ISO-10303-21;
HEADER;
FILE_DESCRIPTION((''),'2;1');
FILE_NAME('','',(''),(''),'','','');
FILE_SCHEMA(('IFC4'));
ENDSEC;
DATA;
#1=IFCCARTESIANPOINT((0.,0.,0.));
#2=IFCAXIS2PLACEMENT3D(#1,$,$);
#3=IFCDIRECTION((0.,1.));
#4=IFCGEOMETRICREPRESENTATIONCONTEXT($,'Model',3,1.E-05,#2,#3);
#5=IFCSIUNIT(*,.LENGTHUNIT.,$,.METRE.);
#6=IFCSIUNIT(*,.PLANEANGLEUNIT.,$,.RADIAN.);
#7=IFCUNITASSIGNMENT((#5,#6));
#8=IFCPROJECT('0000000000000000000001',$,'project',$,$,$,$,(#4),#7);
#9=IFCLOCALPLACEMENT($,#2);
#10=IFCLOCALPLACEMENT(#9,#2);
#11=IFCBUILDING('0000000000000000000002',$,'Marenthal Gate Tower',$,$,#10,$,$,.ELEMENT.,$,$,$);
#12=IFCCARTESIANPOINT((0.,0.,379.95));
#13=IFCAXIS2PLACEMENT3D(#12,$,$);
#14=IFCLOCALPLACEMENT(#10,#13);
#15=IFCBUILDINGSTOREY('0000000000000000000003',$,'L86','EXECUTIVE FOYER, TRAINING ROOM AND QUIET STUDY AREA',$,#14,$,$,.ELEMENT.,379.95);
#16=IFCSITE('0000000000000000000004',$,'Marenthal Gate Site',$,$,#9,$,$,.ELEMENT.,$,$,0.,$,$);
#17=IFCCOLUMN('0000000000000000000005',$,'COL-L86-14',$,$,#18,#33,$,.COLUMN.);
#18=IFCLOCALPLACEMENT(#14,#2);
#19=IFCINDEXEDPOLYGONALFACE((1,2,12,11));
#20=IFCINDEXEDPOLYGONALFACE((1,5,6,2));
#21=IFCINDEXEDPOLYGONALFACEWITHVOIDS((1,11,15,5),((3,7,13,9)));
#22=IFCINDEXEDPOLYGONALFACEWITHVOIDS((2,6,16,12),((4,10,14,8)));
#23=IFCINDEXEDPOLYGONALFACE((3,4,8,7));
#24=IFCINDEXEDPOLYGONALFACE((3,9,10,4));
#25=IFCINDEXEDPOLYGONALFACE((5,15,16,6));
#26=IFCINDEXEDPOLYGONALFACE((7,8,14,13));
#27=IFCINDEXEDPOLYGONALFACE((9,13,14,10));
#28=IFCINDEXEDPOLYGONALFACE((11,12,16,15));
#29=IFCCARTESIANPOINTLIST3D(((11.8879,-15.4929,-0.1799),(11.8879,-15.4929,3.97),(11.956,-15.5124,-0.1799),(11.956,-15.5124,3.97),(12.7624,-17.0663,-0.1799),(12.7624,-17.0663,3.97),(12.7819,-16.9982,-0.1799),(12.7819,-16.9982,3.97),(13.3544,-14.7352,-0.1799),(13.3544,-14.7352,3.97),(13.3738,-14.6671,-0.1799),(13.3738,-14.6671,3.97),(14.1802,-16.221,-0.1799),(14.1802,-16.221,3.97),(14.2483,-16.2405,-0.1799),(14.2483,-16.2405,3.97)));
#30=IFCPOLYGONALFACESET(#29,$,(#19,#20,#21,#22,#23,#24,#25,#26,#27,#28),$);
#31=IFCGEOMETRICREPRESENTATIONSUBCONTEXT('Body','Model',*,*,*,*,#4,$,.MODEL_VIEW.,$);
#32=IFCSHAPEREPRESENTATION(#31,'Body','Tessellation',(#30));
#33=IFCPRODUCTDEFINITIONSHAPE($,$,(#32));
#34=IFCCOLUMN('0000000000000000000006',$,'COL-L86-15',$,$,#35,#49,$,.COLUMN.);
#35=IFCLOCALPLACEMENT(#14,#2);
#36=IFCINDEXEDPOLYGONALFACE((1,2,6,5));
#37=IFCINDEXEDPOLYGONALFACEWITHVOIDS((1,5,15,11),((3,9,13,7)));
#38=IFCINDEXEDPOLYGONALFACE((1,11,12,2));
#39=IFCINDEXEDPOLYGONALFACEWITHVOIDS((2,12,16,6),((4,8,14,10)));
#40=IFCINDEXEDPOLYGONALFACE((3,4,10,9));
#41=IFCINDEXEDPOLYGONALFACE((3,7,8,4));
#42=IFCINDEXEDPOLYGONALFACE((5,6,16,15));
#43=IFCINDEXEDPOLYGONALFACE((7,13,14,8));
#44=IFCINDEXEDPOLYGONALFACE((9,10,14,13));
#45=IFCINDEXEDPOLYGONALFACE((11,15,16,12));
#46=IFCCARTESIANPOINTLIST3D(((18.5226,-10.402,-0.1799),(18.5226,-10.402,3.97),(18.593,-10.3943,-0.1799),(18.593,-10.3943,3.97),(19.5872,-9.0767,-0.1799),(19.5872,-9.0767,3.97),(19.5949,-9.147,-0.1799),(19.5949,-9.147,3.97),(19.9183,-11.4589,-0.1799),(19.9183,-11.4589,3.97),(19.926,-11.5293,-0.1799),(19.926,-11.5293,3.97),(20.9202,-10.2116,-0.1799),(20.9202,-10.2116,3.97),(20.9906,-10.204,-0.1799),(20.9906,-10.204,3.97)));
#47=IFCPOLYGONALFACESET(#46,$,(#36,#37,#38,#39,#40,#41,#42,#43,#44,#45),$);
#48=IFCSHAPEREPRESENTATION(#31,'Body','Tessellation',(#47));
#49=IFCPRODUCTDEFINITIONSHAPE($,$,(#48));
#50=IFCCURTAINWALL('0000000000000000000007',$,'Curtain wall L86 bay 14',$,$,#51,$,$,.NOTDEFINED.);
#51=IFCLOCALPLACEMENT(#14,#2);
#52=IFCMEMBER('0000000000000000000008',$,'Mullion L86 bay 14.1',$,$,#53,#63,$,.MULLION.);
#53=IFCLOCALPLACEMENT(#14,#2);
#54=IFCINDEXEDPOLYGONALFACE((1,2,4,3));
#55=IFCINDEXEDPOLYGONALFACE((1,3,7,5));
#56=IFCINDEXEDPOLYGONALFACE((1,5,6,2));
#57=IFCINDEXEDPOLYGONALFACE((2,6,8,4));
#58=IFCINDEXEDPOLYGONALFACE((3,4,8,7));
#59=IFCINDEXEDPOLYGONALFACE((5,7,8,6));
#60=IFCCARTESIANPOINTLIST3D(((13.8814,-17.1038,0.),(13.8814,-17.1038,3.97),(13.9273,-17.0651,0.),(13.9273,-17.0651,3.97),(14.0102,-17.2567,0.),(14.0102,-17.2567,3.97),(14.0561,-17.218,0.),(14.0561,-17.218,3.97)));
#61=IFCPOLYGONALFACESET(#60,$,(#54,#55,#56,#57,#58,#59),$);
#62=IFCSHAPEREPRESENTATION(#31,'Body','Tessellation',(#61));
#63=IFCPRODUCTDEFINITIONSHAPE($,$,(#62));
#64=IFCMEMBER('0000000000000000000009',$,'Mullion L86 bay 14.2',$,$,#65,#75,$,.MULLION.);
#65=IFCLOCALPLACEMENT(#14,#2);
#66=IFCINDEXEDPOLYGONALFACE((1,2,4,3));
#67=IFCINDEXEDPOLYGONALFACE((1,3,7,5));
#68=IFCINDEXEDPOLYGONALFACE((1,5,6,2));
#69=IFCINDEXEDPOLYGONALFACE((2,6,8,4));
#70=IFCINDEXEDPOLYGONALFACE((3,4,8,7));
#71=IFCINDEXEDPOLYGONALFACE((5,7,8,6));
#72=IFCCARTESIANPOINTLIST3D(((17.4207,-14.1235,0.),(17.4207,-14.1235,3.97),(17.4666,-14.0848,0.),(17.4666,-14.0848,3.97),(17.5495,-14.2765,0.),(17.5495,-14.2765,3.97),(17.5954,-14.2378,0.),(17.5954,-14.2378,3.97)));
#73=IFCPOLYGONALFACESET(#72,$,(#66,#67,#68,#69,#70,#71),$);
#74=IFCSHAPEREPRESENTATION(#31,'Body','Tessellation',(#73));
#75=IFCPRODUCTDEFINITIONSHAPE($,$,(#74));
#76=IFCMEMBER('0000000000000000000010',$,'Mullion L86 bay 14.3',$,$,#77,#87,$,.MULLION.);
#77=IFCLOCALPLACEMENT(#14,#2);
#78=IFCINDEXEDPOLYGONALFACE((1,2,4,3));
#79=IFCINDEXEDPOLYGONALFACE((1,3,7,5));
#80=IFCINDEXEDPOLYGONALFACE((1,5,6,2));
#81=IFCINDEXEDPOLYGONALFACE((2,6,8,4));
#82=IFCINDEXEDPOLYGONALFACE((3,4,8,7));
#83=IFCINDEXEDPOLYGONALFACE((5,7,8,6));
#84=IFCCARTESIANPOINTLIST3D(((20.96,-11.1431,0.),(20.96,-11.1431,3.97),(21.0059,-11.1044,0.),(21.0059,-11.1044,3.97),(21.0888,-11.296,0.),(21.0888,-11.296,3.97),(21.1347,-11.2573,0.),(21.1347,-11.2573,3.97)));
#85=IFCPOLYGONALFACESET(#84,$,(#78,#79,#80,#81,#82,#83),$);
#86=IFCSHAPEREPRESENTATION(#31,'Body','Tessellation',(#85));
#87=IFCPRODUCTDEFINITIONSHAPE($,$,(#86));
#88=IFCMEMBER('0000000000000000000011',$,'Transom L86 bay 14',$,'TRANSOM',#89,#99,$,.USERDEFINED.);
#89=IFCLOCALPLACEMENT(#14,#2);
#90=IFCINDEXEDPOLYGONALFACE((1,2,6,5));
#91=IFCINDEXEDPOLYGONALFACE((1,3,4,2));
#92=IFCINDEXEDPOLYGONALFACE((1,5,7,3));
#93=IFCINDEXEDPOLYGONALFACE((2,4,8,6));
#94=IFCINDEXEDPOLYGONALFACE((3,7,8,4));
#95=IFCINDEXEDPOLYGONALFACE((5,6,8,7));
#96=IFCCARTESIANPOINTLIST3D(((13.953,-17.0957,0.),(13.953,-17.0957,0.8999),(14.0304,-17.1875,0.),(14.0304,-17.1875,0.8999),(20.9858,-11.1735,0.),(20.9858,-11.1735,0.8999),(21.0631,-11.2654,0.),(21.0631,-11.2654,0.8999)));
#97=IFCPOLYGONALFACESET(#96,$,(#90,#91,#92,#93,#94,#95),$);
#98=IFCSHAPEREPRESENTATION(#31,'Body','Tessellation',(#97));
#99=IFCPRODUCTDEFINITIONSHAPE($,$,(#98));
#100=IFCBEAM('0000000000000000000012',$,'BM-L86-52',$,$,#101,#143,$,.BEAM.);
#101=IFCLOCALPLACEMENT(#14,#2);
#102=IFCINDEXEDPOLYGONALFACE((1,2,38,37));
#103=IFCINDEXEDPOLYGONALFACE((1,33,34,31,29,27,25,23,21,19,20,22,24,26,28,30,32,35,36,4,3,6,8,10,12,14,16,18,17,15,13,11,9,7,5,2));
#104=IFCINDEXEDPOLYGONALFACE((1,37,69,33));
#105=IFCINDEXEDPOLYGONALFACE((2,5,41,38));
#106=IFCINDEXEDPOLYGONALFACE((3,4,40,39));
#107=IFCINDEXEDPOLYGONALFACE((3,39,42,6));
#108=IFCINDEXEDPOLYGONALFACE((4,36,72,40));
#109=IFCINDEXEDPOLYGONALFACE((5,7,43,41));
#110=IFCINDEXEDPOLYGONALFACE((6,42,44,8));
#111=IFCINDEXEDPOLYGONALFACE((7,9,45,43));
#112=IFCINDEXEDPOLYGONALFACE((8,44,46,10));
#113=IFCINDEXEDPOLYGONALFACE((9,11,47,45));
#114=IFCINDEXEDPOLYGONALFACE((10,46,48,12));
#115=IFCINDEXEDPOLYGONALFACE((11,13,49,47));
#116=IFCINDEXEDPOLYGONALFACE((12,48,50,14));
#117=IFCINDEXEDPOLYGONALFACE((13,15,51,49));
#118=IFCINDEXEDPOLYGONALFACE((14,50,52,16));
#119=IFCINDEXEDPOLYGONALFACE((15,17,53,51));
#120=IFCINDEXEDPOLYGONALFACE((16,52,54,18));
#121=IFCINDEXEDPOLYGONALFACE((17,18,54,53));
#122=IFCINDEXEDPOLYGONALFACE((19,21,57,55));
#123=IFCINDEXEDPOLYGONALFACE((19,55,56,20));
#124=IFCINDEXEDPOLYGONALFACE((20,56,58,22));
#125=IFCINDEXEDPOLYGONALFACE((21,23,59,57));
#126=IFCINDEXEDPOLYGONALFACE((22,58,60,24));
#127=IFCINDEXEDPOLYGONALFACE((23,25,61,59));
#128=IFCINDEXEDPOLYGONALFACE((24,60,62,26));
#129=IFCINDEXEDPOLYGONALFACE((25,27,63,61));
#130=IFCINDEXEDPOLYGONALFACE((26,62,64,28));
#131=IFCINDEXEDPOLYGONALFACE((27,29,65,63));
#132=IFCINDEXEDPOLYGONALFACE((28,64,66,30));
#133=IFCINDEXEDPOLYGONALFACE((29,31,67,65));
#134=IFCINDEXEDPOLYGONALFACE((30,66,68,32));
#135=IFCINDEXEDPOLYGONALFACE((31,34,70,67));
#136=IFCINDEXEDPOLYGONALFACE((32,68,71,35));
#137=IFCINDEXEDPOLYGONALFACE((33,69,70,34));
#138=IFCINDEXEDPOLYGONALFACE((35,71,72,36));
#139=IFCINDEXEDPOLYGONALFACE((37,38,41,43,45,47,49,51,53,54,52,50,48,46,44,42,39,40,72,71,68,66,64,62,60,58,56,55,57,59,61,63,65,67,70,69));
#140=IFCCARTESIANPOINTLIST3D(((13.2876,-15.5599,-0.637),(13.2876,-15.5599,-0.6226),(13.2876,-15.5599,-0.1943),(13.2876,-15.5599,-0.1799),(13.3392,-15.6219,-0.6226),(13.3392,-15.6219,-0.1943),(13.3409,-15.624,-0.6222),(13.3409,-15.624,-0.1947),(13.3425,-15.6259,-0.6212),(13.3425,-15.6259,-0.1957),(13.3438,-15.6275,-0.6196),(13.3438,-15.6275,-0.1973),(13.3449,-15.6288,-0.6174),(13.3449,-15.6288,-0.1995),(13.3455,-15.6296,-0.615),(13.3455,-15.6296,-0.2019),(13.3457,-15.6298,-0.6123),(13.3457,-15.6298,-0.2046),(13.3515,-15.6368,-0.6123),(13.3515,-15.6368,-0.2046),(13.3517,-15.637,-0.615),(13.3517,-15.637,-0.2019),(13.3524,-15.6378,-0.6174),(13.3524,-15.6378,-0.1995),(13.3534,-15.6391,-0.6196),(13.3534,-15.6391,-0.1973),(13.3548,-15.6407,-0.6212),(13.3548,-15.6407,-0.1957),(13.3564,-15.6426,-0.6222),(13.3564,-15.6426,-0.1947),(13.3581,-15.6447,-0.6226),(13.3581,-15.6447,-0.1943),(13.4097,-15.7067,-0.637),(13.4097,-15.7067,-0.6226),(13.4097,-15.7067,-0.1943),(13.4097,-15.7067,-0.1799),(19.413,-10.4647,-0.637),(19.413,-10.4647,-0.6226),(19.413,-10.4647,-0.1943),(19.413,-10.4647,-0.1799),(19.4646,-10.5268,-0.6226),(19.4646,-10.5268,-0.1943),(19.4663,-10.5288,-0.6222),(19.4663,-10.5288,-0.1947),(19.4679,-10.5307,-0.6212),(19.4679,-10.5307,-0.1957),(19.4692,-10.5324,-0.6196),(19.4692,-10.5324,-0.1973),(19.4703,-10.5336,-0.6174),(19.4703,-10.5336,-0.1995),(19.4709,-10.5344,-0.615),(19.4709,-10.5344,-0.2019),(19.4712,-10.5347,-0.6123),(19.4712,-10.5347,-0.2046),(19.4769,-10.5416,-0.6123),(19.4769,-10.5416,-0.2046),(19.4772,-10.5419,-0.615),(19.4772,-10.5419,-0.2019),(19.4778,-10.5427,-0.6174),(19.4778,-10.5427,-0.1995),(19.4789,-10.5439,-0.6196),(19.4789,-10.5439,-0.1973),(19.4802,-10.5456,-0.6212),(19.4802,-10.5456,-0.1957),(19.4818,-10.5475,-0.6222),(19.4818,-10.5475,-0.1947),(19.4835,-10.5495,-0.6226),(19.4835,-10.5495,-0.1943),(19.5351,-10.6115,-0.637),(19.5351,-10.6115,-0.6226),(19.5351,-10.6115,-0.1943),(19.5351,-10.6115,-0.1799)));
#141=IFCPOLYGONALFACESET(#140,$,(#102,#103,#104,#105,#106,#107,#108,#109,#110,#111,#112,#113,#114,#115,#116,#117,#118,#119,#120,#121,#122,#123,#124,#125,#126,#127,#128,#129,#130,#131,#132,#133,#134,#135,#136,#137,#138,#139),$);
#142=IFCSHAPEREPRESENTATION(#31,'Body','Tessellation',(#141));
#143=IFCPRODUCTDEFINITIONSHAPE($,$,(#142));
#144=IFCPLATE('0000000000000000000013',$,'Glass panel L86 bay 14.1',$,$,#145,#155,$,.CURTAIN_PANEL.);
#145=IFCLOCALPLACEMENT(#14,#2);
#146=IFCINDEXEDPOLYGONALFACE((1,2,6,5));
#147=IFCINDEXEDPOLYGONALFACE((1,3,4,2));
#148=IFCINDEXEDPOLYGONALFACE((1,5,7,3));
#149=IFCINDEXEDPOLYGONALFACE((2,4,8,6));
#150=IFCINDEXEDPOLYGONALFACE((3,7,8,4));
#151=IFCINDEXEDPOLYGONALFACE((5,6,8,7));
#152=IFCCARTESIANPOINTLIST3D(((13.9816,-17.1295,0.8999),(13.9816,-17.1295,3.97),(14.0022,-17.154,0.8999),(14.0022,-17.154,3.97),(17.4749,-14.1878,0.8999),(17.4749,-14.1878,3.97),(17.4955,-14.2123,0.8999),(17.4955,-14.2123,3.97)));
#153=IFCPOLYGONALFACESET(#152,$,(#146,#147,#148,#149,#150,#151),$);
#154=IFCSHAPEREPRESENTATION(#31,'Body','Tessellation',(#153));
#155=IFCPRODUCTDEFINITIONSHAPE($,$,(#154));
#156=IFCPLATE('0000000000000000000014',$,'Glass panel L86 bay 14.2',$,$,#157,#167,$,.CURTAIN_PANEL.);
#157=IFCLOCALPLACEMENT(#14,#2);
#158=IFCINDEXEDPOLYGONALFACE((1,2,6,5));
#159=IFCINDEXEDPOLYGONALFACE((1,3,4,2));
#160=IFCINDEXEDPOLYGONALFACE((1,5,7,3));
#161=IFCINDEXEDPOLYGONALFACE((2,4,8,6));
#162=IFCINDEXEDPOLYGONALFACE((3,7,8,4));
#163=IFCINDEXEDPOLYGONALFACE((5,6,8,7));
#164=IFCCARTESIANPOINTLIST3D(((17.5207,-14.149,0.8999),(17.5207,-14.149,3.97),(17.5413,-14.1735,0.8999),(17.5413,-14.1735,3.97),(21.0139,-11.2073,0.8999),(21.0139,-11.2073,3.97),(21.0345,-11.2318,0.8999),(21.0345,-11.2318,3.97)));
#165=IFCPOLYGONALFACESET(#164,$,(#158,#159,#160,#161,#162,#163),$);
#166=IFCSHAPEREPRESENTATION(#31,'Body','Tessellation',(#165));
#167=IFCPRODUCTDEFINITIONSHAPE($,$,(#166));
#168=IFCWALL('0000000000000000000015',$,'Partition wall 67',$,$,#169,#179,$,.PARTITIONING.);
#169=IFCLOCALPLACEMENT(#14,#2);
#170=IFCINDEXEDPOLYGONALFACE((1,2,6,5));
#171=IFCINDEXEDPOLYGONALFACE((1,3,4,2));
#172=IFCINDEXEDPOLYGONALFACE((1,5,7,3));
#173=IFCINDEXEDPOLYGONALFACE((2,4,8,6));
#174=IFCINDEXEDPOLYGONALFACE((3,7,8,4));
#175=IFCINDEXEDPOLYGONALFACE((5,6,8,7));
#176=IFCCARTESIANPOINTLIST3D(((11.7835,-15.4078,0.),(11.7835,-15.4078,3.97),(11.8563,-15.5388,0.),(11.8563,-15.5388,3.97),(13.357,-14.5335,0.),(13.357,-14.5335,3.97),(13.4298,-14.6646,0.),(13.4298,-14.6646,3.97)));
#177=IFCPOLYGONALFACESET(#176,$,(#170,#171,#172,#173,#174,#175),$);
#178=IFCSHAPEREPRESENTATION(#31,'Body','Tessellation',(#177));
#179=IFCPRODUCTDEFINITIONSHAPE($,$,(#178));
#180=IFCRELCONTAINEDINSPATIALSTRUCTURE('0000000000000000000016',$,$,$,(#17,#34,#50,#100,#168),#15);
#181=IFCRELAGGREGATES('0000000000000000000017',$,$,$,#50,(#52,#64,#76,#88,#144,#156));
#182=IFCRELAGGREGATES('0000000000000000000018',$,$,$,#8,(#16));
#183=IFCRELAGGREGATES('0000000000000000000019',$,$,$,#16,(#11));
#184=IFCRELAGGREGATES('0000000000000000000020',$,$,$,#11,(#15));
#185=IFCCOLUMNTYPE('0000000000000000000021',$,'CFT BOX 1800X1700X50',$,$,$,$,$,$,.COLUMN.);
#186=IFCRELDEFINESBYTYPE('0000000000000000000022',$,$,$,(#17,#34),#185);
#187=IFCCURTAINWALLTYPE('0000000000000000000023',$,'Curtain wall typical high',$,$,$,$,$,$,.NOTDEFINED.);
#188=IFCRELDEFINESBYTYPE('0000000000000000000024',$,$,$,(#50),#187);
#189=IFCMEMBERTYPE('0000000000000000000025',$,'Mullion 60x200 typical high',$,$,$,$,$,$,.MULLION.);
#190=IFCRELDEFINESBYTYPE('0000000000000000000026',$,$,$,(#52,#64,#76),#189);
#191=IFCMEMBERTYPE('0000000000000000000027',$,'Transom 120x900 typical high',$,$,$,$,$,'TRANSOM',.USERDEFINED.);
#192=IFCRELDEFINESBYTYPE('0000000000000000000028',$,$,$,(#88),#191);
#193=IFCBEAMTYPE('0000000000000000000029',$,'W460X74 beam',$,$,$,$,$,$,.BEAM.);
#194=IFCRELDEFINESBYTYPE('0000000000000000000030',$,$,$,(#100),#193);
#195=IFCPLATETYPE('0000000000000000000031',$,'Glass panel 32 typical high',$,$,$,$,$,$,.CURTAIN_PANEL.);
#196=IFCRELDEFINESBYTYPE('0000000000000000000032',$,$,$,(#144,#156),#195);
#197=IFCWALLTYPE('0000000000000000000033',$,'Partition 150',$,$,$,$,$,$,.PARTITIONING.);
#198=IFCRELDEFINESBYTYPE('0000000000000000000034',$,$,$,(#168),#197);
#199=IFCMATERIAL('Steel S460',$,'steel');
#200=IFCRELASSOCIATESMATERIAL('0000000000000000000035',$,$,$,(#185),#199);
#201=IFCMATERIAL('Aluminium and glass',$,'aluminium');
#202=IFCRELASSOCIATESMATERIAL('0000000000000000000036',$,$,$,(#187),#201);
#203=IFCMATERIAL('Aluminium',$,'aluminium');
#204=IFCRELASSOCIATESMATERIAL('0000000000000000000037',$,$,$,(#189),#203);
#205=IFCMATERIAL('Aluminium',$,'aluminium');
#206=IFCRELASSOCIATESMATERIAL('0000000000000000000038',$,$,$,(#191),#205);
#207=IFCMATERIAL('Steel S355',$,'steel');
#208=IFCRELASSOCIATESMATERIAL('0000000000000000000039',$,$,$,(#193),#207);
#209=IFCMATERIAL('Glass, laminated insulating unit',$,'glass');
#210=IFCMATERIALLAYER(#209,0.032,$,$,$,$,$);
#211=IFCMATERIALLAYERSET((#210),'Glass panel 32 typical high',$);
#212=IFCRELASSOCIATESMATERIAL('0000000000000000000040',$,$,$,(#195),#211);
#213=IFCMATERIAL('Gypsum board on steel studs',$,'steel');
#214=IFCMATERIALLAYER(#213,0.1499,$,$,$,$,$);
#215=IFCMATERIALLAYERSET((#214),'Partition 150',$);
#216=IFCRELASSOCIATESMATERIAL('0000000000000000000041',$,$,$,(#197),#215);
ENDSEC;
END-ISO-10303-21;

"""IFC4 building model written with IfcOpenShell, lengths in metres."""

from ifc_helpers import new_model, si_unit, direction, frame, frame_2d, origin, origin_2d, place, context, subcontext, project, spatial, rectangle, hollow_rectangle, i_section, extrude, material, layer, layer_set, material_profile, profile_set, type_object, element, aggregate, save


model = new_model("IFC4")

# Units and contexts
model_context = context("Model", 3, precision=1e-05, world=origin(), true_north=direction((0.0, 1.0)))
body_context = subcontext(model_context, "Body", "Model", "MODEL_VIEW")
ifc_project = project(units=[si_unit("LENGTHUNIT", "METRE"), si_unit("PLANEANGLEUNIT", "RADIAN")], contexts=[model_context])

# Site, building, storey
site_placement = place(None, origin())
site = spatial("IfcSite", under=ifc_project, at=site_placement, Name="Marenthal Gate Site", CompositionType="ELEMENT", RefElevation=0.0)
building_placement = place(site_placement, origin())
building = spatial("IfcBuilding", under=site, at=building_placement, Name="Marenthal Gate Tower", CompositionType="ELEMENT")
storey_placement = place(building_placement, frame((0.0, 0.0, 379.95)))
storey = spatial("IfcBuildingStorey", under=building, at=storey_placement, Name="L86", Description="EXECUTIVE FOYER, TRAINING ROOM AND QUIET STUDY AREA", CompositionType="ELEMENT", Elevation=379.95)

# Columns
ifc_material_1 = material(Name="Steel S460", Category="steel")
ifc_material_profile_1 = material_profile(ifc_material_1, hollow_rectangle(XDim=1.7, YDim=1.8, WallThickness=0.05, at=origin_2d()), Name="CFT BOX 1800X1700X50")
ifc_material_2 = material(Name="Concrete 70 MPa", Category="concrete")
ifc_material_profile_2 = material_profile(ifc_material_2, rectangle(XDim=1.6001, YDim=1.7, at=origin_2d()), Name="CFT BOX 1800X1700X50 INFILL")
ifc_profile_set_1 = profile_set([ifc_material_profile_1, ifc_material_profile_2], Name="Steel S460 shell, Concrete 70 MPa infill")
column_type = type_object("IfcColumnType", Name="CFT BOX 1800X1700X50", PredefinedType="COLUMN", material=ifc_profile_set_1)
for number, where, z_axis, x_axis, name in (
    (1, (13.0681, -15.8667, -0.1799), (0.0, 0.0, 1.0), (-0.874065, -0.485809, 0.0), "COL-L86-14"),
    (2, (19.7566, -10.303, -0.1799), (0.0, 0.0, 1.0), (-0.626249, -0.779623, 0.0), "COL-L86-15"),
):
    element("IfcColumn", number, at=place(storey_placement, frame(where, z_axis=z_axis, x_axis=x_axis)), inside=storey, type_object=column_type, Name=name, PredefinedType="COLUMN", context=body_context, shape_type="SweptSolid", body=[
        extrude(hollow_rectangle(XDim=1.7, YDim=1.8, WallThickness=0.05, at=origin_2d()), origin(), (0.0, 0.0, 1.0), 4.1499),
    ])

# Curtain wall, members
ifc_material_3 = material(Name="Aluminium and glass", Category="aluminium")
curtain_wall_type = type_object("IfcCurtainWallType", Name="Curtain wall typical high", PredefinedType="NOTDEFINED", material=ifc_material_3)
curtain_wall_placement = place(storey_placement, origin())
curtain_wall = element("IfcCurtainWall", 3, at=curtain_wall_placement, inside=storey, type_object=curtain_wall_type, Name="Curtain wall L86 bay 14", PredefinedType="NOTDEFINED")
ifc_material_4 = material(Name="Aluminium", Category="aluminium")
ifc_material_profile_3 = material_profile(ifc_material_4, rectangle(XDim=0.2, YDim=0.0601, at=origin_2d()), Name="60x200 aluminium mullion")
ifc_profile_set_2 = profile_set([ifc_material_profile_3], Name="Aluminium")
member_type_1 = type_object("IfcMemberType", Name="Mullion 60x200 typical high", PredefinedType="MULLION", material=ifc_profile_set_2)
member_1_placement = place(storey_placement, frame((13.9688, -17.1609, 0.0), z_axis=(0.0, 0.0, 1.0), x_axis=(-0.644135, 0.764912, 0.0)))
member_1 = element("IfcMember", 4, at=member_1_placement, type_object=member_type_1, Name="Mullion L86 bay 14.1", PredefinedType="MULLION", context=body_context, shape_type="SweptSolid", body=[
    extrude(rectangle(XDim=0.2, YDim=0.0601, at=origin_2d()), origin(), (0.0, 0.0, 1.0), 3.97),
])
member_2_placement = place(storey_placement, frame((17.5081, -14.1807, 0.0), z_axis=(0.0, 0.0, 1.0), x_axis=(-0.644135, 0.764912, 0.0)))
member_2 = element("IfcMember", 5, at=member_2_placement, type_object=member_type_1, Name="Mullion L86 bay 14.2", PredefinedType="MULLION", context=body_context, shape_type="SweptSolid", body=[
    extrude(rectangle(XDim=0.2, YDim=0.0601, at=origin_2d()), origin(), (0.0, 0.0, 1.0), 3.97),
])
member_3_placement = place(storey_placement, frame((21.0474, -11.2002, 0.0), z_axis=(0.0, 0.0, 1.0), x_axis=(-0.644135, 0.764912, 0.0)))
member_3 = element("IfcMember", 6, at=member_3_placement, type_object=member_type_1, Name="Mullion L86 bay 14.3", PredefinedType="MULLION", context=body_context, shape_type="SweptSolid", body=[
    extrude(rectangle(XDim=0.2, YDim=0.0601, at=origin_2d()), origin(), (0.0, 0.0, 1.0), 3.97),
])
ifc_material_5 = material(Name="Aluminium", Category="aluminium")
ifc_material_profile_4 = material_profile(ifc_material_5, rectangle(XDim=0.1201, YDim=0.8999, at=origin_2d()), Name="120x900 aluminium transom")
ifc_profile_set_3 = profile_set([ifc_material_profile_4], Name="Aluminium")
member_type_2 = type_object("IfcMemberType", Name="Transom 120x900 typical high", ElementType="TRANSOM", PredefinedType="USERDEFINED", material=ifc_profile_set_3)
member_4_placement = place(storey_placement, frame((13.9917, -17.1416, 0.45), z_axis=(0.76492, 0.644125, 0.0), x_axis=(-0.644125, 0.76492, 0.0)))
member_4 = element("IfcMember", 7, at=member_4_placement, type_object=member_type_2, Name="Transom L86 bay 14", ObjectType="TRANSOM", PredefinedType="USERDEFINED", context=body_context, shape_type="SweptSolid", body=[
    extrude(rectangle(XDim=0.1201, YDim=0.8999, at=origin_2d()), origin(), (0.0, 0.0, 1.0), 9.1941),
])

# Beam
ifc_material_6 = material(Name="Steel S355", Category="steel")
ifc_material_profile_5 = material_profile(ifc_material_6, i_section(OverallWidth=0.1909, OverallDepth=0.457, WebThickness=0.009, FlangeThickness=0.0144, FilletRadius=0.0103, at=origin_2d()), Name="W460X74")
ifc_profile_set_4 = profile_set([ifc_material_profile_5], Name="Steel S355")
beam_type = type_object("IfcBeamType", Name="W460X74 beam", PredefinedType="BEAM", material=ifc_profile_set_4)
beam_placement = place(storey_placement, frame((13.3486, -15.6333, -0.4084), z_axis=(0.768799, 0.639491, 0.0), x_axis=(-0.639491, 0.768799, 0.0)))
element("IfcBeam", 8, at=beam_placement, inside=storey, type_object=beam_type, Name="BM-L86-52", PredefinedType="BEAM", context=body_context, shape_type="SweptSolid", body=[
    extrude(i_section(OverallWidth=0.1909, OverallDepth=0.457, WebThickness=0.009, FlangeThickness=0.0144, FilletRadius=0.0103, at=origin_2d()), origin(), (0.0, 0.0, 1.0), 7.9675),
])

# Plates
ifc_material_7 = material(Name="Glass, laminated insulating unit", Category="glass")
ifc_layer_1 = layer(ifc_material_7, 0.032)
ifc_layer_set_1 = layer_set([ifc_layer_1], Name="Glass panel 32 typical high")
plate_type = type_object("IfcPlateType", Name="Glass panel 32 typical high", PredefinedType="CURTAIN_PANEL", material=ifc_layer_set_1)
plate_1_placement = place(storey_placement, frame((15.7385, -15.6709, 0.8999), z_axis=(0.0, 0.0, 1.0), x_axis=(0.764912, 0.644135, 0.0)))
plate_1 = element("IfcPlate", 9, at=plate_1_placement, type_object=plate_type, Name="Glass panel L86 bay 14.1", PredefinedType="CURTAIN_PANEL", context=body_context, shape_type="SweptSolid", body=[
    extrude(rectangle(XDim=4.5669, YDim=0.032, at=origin_2d()), origin(), (0.0, 0.0, 1.0), 3.0701),
])
plate_2_placement = place(storey_placement, frame((19.2776, -12.6904, 0.8999), z_axis=(0.0, 0.0, 1.0), x_axis=(0.764912, 0.644135, 0.0)))
plate_2 = element("IfcPlate", 10, at=plate_2_placement, type_object=plate_type, Name="Glass panel L86 bay 14.2", PredefinedType="CURTAIN_PANEL", context=body_context, shape_type="SweptSolid", body=[
    extrude(rectangle(XDim=4.5669, YDim=0.032, at=origin_2d()), origin(), (0.0, 0.0, 1.0), 3.0701),
])
aggregate(curtain_wall, [member_1, member_2, member_3, member_4, plate_1, plate_2])

# Wall
ifc_material_8 = material(Name="Gypsum board on steel studs", Category="steel")
ifc_layer_2 = layer(ifc_material_8, 0.1499)
ifc_layer_set_2 = layer_set([ifc_layer_2], Name="Partition 150")
wall_type_1 = type_object("IfcWallType", Name="Partition 150", PredefinedType="PARTITIONING", material=ifc_layer_set_2)
wall_1_placement = place(storey_placement, frame((13.3933, -14.5991, 0.0), z_axis=(0.0, 0.0, 1.0), x_axis=(-0.874132, -0.485689, 0.0)))
element("IfcWall", 11, at=wall_1_placement, inside=storey, type_object=wall_type_1, Name="Partition wall 67", PredefinedType="PARTITIONING", context=body_context, shape_type="SweptSolid", body=[
    extrude(rectangle(XDim=1.8, YDim=0.1499, at=frame_2d((0.8999, 0.0))), origin(), (0.0, 0.0, 1.0), 3.97),
])

save(model, "model.ifc")
